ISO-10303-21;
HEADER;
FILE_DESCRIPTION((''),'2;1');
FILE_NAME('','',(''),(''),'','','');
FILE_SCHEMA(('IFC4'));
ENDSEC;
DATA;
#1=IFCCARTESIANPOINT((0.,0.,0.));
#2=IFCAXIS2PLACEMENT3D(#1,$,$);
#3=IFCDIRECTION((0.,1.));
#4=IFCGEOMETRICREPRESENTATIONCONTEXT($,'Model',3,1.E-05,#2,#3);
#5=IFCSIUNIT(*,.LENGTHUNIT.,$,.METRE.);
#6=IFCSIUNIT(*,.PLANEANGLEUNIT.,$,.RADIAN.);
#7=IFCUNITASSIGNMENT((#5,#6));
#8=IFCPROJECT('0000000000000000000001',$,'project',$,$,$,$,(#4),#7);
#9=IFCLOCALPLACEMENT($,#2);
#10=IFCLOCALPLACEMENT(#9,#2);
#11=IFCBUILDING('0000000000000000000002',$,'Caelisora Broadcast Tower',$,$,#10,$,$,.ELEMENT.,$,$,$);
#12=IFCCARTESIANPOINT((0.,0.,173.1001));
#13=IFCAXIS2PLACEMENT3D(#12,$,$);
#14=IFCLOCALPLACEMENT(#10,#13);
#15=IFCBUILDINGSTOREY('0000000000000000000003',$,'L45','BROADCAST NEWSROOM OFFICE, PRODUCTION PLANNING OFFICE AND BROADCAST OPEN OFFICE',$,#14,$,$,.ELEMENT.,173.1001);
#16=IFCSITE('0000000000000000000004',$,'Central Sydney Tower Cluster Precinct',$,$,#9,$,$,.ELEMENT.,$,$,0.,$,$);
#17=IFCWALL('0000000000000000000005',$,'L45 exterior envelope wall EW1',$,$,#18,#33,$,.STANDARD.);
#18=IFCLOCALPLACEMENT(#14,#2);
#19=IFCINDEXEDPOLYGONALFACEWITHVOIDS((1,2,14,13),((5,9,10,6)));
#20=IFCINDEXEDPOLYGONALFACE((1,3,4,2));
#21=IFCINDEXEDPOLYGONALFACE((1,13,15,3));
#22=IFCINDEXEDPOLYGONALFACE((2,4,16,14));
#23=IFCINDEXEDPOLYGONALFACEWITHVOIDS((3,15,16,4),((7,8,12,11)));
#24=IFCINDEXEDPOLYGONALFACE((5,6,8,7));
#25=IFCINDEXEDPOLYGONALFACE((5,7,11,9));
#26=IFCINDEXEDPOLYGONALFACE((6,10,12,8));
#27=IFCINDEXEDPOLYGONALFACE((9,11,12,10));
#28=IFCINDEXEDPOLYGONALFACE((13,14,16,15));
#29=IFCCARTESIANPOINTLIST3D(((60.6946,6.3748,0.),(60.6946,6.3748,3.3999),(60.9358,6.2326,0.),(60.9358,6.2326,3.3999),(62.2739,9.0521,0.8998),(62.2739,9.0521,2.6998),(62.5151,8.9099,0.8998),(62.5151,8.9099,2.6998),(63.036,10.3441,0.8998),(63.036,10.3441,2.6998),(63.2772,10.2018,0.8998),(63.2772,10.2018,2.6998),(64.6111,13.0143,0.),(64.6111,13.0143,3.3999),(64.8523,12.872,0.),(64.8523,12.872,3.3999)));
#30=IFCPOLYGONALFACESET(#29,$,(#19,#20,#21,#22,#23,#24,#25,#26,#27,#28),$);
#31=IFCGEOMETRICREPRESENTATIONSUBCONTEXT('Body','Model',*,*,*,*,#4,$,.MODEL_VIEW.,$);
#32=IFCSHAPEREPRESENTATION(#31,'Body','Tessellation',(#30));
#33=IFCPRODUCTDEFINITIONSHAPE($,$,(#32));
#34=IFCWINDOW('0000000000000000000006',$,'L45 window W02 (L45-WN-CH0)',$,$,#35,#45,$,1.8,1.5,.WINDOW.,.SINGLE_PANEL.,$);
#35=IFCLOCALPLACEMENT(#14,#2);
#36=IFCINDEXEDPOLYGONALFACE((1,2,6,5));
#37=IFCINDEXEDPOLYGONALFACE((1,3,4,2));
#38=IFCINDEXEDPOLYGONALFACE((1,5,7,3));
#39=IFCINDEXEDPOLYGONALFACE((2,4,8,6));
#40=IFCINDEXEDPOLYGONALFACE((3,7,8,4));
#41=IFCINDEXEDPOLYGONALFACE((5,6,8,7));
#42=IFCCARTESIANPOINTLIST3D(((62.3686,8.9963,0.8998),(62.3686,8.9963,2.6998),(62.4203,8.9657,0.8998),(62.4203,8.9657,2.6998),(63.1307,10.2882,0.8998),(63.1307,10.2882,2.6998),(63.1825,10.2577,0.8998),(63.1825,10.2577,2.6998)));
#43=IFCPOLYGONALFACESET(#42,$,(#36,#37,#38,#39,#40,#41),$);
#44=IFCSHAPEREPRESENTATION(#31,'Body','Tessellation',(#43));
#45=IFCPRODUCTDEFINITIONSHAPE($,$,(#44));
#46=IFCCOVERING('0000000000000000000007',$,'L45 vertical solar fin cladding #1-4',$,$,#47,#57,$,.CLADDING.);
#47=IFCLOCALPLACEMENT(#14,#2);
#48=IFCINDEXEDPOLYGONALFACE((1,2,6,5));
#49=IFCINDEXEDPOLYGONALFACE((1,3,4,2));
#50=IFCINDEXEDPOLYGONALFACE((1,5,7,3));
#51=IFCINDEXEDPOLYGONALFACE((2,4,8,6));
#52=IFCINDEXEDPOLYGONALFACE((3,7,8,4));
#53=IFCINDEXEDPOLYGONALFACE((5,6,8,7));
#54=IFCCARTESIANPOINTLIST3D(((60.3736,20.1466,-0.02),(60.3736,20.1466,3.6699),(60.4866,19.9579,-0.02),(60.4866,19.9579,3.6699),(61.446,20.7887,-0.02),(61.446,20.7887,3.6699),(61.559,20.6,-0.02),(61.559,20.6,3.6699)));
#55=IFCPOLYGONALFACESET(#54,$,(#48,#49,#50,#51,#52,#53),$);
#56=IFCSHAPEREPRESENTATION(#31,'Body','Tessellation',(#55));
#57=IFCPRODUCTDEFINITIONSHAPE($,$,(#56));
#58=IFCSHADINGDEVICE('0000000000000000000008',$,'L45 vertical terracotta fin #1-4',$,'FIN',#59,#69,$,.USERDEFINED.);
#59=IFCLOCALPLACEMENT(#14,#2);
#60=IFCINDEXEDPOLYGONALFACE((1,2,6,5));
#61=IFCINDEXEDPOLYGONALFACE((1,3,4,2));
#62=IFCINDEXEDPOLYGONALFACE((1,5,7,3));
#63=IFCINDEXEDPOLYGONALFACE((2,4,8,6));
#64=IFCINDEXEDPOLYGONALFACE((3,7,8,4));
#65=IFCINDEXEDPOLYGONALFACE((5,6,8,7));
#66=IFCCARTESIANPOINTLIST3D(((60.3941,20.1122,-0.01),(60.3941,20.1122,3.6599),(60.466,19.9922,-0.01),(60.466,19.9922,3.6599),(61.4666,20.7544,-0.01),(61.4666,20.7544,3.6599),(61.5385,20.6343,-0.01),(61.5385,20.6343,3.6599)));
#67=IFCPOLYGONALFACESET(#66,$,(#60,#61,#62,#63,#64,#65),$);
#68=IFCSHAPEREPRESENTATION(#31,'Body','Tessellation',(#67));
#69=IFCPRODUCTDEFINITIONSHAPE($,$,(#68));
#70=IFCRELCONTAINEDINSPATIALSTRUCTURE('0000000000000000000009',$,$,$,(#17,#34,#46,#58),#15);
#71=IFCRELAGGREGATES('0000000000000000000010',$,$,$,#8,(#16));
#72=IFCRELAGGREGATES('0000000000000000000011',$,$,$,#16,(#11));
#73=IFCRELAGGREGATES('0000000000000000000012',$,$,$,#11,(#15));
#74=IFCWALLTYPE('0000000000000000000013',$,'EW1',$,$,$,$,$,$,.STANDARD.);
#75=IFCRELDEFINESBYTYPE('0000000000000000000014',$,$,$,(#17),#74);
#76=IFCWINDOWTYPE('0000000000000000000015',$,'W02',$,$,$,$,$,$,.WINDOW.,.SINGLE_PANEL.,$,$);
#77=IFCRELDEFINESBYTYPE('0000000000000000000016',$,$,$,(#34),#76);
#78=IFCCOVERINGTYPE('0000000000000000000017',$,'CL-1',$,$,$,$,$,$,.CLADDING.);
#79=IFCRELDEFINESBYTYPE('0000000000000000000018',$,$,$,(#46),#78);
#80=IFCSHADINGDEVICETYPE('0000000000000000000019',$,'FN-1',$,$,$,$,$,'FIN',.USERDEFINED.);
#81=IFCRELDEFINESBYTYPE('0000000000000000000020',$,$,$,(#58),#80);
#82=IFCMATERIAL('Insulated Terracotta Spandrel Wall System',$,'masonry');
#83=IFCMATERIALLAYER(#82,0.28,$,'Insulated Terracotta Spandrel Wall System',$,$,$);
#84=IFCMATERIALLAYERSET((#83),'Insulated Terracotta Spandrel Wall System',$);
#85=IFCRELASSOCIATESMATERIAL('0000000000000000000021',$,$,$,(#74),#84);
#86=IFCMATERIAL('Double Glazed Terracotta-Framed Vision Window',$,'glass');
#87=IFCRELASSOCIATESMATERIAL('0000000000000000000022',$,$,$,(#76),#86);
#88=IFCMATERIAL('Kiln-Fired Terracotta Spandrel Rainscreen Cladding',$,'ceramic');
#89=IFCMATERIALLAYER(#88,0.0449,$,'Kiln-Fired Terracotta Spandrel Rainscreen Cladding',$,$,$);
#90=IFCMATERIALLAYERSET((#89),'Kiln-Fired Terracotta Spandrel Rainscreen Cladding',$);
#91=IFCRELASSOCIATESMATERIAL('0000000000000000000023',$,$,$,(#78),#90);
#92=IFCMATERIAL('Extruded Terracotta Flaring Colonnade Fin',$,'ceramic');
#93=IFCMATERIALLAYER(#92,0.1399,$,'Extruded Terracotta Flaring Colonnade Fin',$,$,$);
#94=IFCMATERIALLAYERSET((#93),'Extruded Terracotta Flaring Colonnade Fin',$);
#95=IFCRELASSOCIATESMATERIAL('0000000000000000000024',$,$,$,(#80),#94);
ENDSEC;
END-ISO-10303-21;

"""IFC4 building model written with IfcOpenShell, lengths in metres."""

from ifc_helpers import new_model, si_unit, direction, frame, frame_2d, origin, origin_2d, place, context, subcontext, project, spatial, rectangle, extrude, source, transform, mapped, material, layer, layer_set, type_object, type_shapes, element, fill, save


model = new_model("IFC4")

# Units and contexts
model_context = context("Model", 3, precision=1e-05, world=origin(), true_north=direction((0.0, 1.0)))
body_context = subcontext(model_context, "Body", "Model", "MODEL_VIEW")
ifc_project = project(units=[si_unit("LENGTHUNIT", "METRE"), si_unit("PLANEANGLEUNIT", "RADIAN")], contexts=[model_context])

# Site, building, storey
site_placement = place(None, origin())
site = spatial("IfcSite", under=ifc_project, at=site_placement, Name="Central Sydney Tower Cluster Precinct", CompositionType="ELEMENT", RefElevation=0.0)
building_placement = place(site_placement, origin())
building = spatial("IfcBuilding", under=site, at=building_placement, Name="Caelisora Broadcast Tower", CompositionType="ELEMENT")
storey_placement = place(building_placement, frame((0.0, 0.0, 173.1001)))
storey = spatial("IfcBuildingStorey", under=building, at=storey_placement, Name="L45", Description="BROADCAST NEWSROOM OFFICE, PRODUCTION PLANNING OFFICE AND BROADCAST OPEN OFFICE", CompositionType="ELEMENT", Elevation=173.1001)

# Wall, opening, window
ifc_material_1 = material(Name="Insulated Terracotta Spandrel Wall System", Category="masonry")
ifc_layer_1 = layer(ifc_material_1, 0.28, Name="Insulated Terracotta Spandrel Wall System")
ifc_layer_set_1 = layer_set([ifc_layer_1], Name="Insulated Terracotta Spandrel Wall System")
wall_type = type_object("IfcWallType", Name="EW1", PredefinedType="STANDARD", material=ifc_layer_set_1)
wall_placement = place(storey_placement, frame((64.7317, 12.9431, 0.0), z_axis=(0.0, 0.0, 1.0), x_axis=(-0.508077, -0.861312, 0.0)))
wall = element("IfcWall", 1, at=wall_placement, inside=storey, type_object=wall_type, Name="L45 exterior envelope wall EW1", PredefinedType="STANDARD", context=body_context, shape_type="SweptSolid", body=[
    extrude(rectangle(XDim=7.7085, YDim=0.28, at=frame_2d((3.8542, 0.0))), origin(), (0.0, 0.0, 1.0), 3.3999),
])
opening_placement = place(wall_placement, frame((3.1001, 0.0, 0.8999)))
opening = element("IfcOpeningElement", 2, at=opening_placement, cuts=wall, PredefinedType="OPENING", context=body_context, shape_type="SweptSolid", body=[
    extrude(rectangle(XDim=1.5, YDim=1.8, at=frame_2d((0.75, 0.8999))), frame((0.0, 0.1521, 0.0), z_axis=(0.0, -1.0, 0.0), x_axis=(1.0, 0.0, 0.0)), (0.0, 0.0, 1.0), 0.304),
])
ifc_material_2 = material(Name="Double Glazed Terracotta-Framed Vision Window", Category="glass")
window_type = type_object("IfcWindowType", Name="W02", PartitioningType="SINGLE_PANEL", PredefinedType="WINDOW", material=ifc_material_2)
window_placement = place(opening_placement, origin())
window = element("IfcWindow", 3, at=window_placement, inside=storey, type_object=window_type, Name="L45 window W02 (L45-WN-CH0)", OverallHeight=1.8, OverallWidth=1.5, PartitioningType="SINGLE_PANEL", PredefinedType="WINDOW", context=body_context, shape_type="SweptSolid", body=[
    extrude(rectangle(XDim=1.5, YDim=1.8, at=frame_2d((0.75, 0.8999))), frame((0.0, 0.03, 0.0), z_axis=(0.0, -1.0, 0.0), x_axis=(1.0, 0.0, 0.0)), (0.0, 0.0, 1.0), 0.0601),
])
fill(opening, window)

# Covering
ifc_material_3 = material(Name="Kiln-Fired Terracotta Spandrel Rainscreen Cladding", Category="ceramic")
ifc_layer_2 = layer(ifc_material_3, 0.0449, Name="Kiln-Fired Terracotta Spandrel Rainscreen Cladding")
ifc_layer_set_2 = layer_set([ifc_layer_2], Name="Kiln-Fired Terracotta Spandrel Rainscreen Cladding")
covering_type = type_object("IfcCoveringType", Name="CL-1", PredefinedType="CLADDING", material=ifc_layer_set_2)
shared_shape_1 = source(origin(), body_context, "Body", "SweptSolid", [
    extrude(rectangle(XDim=0.22, YDim=1.25, at=origin_2d()), origin(), (0.0, 0.0, 1.0), 3.6899),
])
type_shapes(covering_type, [shared_shape_1])
covering_placement = place(storey_placement, frame((60.9663, 20.3733, -0.02), z_axis=(0.0, 0.0, 1.0), x_axis=(0.513691, -0.857975, 0.0)))
element("IfcCovering", 4, at=covering_placement, inside=storey, type_object=covering_type, Name="L45 vertical solar fin cladding #1-4", PredefinedType="CLADDING", context=body_context, shape_type="MappedRepresentation", body=[
    mapped(shared_shape_1, transform((0.0, 0.0, 0.0), scale=1.0)),
])

# Shading device
ifc_material_4 = material(Name="Extruded Terracotta Flaring Colonnade Fin", Category="ceramic")
ifc_layer_3 = layer(ifc_material_4, 0.1399, Name="Extruded Terracotta Flaring Colonnade Fin")
ifc_layer_set_3 = layer_set([ifc_layer_3], Name="Extruded Terracotta Flaring Colonnade Fin")
shading_device_type = type_object("IfcShadingDeviceType", Name="FN-1", ElementType="FIN", PredefinedType="USERDEFINED", material=ifc_layer_set_3)
shared_shape_2 = source(origin(), body_context, "Body", "SweptSolid", [
    extrude(rectangle(XDim=0.1399, YDim=1.25, at=origin_2d()), origin(), (0.0, 0.0, 1.0), 3.6699),
])
type_shapes(shading_device_type, [shared_shape_2])
shading_device_placement = place(storey_placement, frame((60.9663, 20.3733, -0.01), z_axis=(0.0, 0.0, 1.0), x_axis=(0.513691, -0.857975, 0.0)))
element("IfcShadingDevice", 5, at=shading_device_placement, inside=storey, type_object=shading_device_type, Name="L45 vertical terracotta fin #1-4", ObjectType="FIN", PredefinedType="USERDEFINED", context=body_context, shape_type="MappedRepresentation", body=[
    mapped(shared_shape_2, transform((0.0, 0.0, 0.0), scale=1.0)),
])

save(model, "model.ifc")
